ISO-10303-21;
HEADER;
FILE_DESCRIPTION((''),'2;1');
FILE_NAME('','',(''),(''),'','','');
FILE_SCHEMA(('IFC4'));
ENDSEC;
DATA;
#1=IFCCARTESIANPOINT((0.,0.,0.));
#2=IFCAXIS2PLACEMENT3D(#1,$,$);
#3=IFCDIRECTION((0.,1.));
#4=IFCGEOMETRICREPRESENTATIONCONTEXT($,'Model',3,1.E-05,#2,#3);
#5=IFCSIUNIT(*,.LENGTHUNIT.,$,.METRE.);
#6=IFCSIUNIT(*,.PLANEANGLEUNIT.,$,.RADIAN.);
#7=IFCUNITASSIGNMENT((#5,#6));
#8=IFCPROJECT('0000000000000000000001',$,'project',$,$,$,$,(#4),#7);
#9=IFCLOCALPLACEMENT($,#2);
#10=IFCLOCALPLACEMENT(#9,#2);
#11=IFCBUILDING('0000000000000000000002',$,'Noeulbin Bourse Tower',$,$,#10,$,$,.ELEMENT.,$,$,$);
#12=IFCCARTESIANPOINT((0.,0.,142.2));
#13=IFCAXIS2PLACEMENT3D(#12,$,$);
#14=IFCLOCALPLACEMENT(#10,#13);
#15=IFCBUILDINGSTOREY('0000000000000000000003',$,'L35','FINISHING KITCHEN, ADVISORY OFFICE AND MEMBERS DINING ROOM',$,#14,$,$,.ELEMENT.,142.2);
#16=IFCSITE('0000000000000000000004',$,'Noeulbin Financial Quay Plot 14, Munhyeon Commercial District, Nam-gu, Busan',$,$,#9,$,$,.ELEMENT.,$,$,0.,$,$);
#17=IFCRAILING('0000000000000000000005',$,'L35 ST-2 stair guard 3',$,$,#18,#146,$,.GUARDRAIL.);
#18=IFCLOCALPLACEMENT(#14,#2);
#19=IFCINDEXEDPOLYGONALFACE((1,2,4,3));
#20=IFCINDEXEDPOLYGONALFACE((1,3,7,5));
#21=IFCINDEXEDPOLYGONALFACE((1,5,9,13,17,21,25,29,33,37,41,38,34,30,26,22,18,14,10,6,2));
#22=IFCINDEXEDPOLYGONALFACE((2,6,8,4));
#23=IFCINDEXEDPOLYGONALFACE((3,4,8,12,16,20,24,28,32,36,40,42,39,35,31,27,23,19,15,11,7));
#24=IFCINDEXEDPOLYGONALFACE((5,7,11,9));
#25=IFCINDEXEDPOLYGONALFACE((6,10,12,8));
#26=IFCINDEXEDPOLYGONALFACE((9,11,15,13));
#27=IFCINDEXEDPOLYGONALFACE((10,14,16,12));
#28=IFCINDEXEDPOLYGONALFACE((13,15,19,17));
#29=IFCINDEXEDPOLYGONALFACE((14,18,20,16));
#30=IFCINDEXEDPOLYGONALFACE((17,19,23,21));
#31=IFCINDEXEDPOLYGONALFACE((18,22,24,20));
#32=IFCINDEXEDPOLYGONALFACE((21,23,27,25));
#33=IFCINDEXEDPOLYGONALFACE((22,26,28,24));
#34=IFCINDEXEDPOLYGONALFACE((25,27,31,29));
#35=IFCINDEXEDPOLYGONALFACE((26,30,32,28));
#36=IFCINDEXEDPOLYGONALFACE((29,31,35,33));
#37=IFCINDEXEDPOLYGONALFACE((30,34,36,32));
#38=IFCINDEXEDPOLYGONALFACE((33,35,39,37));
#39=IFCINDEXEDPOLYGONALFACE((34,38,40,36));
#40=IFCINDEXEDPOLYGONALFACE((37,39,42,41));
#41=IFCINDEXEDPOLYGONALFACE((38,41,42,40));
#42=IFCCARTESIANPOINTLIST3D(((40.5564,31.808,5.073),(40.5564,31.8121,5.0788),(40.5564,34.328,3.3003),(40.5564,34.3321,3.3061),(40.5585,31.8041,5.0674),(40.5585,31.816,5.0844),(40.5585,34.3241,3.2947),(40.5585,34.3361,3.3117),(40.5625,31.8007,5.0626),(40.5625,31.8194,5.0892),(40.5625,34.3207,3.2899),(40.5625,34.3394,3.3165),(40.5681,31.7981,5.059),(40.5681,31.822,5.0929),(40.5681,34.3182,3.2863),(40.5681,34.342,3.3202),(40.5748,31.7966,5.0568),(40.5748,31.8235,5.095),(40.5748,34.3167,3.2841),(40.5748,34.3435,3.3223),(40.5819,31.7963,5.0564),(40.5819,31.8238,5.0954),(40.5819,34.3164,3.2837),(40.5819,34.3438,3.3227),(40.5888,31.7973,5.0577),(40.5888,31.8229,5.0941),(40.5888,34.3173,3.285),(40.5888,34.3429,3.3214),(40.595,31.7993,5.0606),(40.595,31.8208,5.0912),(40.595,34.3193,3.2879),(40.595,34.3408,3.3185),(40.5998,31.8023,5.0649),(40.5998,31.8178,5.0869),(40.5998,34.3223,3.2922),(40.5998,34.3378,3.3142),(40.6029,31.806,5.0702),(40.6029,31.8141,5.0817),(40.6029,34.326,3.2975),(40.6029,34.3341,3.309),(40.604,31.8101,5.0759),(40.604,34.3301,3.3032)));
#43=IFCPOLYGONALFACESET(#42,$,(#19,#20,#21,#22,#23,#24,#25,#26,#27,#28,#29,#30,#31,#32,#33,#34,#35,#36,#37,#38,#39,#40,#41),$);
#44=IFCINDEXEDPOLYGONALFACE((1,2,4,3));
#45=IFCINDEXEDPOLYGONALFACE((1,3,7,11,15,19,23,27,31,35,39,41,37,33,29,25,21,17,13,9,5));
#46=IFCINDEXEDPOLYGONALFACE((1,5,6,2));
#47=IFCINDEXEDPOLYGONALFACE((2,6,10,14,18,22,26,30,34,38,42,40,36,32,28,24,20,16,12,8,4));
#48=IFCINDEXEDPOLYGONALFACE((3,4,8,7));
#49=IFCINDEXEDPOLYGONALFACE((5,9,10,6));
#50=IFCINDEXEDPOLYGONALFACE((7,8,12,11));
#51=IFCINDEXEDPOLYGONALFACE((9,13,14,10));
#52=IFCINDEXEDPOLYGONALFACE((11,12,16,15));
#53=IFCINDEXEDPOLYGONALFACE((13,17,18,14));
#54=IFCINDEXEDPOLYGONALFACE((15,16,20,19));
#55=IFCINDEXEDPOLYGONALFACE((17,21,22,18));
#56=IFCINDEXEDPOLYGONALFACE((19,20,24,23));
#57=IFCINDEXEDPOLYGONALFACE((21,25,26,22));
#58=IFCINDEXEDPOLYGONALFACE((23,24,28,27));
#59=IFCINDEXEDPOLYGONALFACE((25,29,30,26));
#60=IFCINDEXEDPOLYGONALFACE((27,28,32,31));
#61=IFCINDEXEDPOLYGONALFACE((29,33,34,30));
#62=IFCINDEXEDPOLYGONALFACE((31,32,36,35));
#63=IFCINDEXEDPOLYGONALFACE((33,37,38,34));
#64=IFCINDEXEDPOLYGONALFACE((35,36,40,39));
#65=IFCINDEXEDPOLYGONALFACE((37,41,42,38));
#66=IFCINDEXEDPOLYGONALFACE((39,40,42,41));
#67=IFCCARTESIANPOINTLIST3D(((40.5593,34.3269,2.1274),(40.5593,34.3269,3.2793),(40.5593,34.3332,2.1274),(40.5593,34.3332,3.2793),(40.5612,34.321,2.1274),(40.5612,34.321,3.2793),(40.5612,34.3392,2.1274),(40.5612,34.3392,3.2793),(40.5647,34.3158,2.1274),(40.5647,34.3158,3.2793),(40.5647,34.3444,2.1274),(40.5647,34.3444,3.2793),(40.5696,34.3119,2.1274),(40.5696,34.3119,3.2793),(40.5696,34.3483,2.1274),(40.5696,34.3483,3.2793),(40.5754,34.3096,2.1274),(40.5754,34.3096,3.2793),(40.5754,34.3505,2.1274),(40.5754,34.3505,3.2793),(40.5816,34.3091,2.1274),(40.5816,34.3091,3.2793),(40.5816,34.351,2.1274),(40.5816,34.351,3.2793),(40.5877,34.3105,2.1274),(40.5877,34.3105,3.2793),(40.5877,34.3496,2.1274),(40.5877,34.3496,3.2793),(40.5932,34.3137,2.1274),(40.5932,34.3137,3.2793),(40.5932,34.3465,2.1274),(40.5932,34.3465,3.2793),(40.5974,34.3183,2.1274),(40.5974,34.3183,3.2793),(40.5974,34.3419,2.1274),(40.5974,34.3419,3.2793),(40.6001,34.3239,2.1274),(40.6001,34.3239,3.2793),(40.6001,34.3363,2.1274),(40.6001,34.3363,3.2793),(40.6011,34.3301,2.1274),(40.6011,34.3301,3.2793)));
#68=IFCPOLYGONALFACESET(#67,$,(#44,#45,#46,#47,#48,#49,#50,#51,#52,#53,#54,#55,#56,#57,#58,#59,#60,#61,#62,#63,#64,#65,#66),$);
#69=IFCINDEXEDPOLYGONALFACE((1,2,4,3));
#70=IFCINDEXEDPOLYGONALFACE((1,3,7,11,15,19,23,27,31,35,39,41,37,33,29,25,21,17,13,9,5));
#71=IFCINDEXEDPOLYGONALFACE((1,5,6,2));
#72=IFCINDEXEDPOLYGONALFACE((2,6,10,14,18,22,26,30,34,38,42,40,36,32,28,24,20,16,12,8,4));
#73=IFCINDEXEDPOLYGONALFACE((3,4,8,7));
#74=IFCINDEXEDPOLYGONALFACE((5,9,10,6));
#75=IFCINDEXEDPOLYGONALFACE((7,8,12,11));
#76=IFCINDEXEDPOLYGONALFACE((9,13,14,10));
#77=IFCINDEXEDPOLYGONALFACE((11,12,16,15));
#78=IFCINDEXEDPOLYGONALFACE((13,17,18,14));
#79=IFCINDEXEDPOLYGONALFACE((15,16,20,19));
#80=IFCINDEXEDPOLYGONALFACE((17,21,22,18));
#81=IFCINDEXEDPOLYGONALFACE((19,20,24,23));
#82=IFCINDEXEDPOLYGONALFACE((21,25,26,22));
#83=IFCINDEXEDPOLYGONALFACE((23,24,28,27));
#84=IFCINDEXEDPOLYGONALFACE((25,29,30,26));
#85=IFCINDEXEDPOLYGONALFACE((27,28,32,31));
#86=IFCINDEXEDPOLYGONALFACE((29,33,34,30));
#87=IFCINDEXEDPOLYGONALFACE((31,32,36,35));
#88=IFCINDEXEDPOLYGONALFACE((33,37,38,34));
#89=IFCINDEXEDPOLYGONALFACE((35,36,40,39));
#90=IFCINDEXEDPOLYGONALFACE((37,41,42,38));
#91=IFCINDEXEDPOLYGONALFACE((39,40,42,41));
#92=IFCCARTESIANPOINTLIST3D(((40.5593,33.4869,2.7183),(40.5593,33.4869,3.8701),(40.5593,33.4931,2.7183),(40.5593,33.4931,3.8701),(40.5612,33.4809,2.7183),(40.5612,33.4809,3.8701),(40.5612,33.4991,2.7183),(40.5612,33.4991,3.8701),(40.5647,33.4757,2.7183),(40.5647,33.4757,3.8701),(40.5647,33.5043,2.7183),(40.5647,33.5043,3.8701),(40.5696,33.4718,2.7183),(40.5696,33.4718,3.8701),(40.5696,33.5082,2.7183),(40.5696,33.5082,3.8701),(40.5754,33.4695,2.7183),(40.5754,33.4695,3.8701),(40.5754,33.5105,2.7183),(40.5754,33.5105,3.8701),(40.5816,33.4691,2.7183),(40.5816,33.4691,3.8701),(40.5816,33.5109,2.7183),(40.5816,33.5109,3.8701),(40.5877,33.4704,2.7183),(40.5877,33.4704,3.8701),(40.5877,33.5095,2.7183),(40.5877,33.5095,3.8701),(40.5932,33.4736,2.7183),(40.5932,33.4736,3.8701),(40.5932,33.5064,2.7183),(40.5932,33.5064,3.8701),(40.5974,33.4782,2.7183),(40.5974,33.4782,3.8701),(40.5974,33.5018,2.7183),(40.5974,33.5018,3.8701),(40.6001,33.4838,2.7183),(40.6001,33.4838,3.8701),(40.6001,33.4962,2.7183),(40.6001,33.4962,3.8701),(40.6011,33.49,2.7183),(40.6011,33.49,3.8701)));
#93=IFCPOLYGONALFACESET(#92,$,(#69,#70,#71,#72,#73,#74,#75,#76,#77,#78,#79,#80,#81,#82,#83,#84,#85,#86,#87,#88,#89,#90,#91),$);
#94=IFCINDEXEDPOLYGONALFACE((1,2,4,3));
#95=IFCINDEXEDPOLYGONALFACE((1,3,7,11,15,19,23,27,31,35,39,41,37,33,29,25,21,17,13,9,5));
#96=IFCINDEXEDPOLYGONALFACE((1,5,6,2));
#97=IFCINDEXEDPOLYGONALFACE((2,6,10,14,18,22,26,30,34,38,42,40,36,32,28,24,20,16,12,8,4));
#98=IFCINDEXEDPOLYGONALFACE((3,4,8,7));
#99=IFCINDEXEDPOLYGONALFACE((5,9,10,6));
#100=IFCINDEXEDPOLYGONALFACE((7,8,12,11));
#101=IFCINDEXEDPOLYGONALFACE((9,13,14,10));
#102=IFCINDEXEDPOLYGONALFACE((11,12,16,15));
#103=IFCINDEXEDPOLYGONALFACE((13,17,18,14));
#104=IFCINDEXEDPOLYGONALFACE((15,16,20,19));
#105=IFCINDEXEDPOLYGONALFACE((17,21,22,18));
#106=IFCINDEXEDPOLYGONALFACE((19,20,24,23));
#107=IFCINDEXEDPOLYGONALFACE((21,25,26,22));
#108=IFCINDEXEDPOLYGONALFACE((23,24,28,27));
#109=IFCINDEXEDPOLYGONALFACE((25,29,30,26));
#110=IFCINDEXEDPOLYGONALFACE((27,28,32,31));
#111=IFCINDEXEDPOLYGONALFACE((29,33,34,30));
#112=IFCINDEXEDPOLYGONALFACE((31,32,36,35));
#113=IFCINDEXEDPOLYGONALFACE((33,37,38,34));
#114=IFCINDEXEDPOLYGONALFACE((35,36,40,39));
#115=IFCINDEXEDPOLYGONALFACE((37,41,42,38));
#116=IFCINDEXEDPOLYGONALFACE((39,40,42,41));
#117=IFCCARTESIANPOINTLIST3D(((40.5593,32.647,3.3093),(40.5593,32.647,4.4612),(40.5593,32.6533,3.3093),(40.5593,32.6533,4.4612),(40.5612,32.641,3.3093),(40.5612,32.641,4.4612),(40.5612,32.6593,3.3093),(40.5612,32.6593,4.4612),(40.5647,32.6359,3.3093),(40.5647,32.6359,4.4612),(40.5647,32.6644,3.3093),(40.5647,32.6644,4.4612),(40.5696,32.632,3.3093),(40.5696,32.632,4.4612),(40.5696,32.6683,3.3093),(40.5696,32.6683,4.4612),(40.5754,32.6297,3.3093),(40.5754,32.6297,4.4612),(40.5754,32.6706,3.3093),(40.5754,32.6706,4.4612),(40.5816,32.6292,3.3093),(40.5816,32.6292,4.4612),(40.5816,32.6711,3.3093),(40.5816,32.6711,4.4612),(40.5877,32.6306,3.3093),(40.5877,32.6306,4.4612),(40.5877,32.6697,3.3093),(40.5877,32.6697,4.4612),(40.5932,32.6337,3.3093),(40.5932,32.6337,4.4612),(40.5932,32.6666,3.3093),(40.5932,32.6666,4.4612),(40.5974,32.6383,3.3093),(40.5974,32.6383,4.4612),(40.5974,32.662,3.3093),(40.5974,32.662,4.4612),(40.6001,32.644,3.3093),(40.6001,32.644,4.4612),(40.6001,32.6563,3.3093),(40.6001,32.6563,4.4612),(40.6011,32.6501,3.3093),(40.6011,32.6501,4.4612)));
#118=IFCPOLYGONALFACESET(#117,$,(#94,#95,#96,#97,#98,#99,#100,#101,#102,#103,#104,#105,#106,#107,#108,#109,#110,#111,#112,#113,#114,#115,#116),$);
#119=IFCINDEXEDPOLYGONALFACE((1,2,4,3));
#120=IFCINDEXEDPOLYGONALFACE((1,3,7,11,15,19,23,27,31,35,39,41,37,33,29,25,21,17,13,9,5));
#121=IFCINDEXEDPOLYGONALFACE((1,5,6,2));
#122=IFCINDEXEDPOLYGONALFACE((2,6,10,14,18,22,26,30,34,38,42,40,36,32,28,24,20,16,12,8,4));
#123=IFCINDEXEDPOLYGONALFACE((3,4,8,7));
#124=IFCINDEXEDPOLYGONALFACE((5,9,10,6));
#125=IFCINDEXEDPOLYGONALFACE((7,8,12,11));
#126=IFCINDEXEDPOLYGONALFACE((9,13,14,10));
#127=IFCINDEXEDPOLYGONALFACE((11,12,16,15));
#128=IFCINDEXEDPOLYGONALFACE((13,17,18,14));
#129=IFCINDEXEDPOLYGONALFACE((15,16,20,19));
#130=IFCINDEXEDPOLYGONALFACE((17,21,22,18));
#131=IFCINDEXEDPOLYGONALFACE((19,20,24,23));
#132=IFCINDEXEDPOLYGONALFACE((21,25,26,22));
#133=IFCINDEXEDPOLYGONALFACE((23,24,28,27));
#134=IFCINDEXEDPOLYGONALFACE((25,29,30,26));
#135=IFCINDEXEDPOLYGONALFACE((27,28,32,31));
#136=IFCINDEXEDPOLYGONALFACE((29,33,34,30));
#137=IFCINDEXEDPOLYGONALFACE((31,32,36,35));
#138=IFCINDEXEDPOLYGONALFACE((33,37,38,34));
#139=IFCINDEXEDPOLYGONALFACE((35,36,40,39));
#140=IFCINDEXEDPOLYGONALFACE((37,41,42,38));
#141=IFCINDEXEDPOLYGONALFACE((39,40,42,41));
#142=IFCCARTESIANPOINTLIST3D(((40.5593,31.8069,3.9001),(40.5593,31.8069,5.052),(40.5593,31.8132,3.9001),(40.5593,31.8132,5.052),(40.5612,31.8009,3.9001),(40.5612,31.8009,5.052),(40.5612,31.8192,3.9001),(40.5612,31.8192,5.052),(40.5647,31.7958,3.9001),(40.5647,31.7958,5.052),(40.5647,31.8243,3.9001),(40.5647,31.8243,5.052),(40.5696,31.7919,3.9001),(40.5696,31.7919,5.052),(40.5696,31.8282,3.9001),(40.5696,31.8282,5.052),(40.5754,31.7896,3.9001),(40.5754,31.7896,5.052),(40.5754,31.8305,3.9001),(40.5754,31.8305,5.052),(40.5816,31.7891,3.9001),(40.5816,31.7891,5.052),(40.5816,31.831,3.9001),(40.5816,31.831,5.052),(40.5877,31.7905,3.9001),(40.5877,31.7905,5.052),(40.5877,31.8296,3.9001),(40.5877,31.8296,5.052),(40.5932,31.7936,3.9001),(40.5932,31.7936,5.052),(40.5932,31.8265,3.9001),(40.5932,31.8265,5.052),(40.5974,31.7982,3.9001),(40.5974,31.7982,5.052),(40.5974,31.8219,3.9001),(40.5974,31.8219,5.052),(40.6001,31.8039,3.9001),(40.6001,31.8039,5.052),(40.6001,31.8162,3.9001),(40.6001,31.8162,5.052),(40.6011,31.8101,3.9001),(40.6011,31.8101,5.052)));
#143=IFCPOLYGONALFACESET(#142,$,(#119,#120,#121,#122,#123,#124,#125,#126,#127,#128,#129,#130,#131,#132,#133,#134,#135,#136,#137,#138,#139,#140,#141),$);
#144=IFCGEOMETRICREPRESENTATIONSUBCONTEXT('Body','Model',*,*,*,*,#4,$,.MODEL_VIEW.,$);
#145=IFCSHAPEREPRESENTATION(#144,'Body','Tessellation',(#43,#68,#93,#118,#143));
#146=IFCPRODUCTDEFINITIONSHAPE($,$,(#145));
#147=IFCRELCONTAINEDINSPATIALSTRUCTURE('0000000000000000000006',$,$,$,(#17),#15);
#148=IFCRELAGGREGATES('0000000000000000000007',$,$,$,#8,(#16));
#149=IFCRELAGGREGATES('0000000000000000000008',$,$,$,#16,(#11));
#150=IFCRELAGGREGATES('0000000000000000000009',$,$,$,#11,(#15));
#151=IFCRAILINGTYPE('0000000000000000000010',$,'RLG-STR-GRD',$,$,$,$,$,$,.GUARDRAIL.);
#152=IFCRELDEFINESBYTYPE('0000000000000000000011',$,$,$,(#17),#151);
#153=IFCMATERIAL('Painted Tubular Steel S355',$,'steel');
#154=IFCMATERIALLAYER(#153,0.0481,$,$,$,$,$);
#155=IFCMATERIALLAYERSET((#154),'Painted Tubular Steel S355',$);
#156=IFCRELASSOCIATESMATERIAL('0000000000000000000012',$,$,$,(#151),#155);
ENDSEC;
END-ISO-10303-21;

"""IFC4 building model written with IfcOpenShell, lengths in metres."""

from ifc_helpers import new_model, si_unit, direction, frame, origin, origin_2d, place, context, subcontext, project, spatial, circle, extrude, material, layer, layer_set, type_object, element, save


model = new_model("IFC4")

# Units and contexts
model_context = context("Model", 3, precision=1e-05, world=origin(), true_north=direction((0.0, 1.0)))
body_context = subcontext(model_context, "Body", "Model", "MODEL_VIEW")
ifc_project = project(units=[si_unit("LENGTHUNIT", "METRE"), si_unit("PLANEANGLEUNIT", "RADIAN")], contexts=[model_context])

# Site, building, storey
site_placement = place(None, origin())
site = spatial("IfcSite", under=ifc_project, at=site_placement, Name="Noeulbin Financial Quay Plot 14, Munhyeon Commercial District, Nam-gu, Busan", CompositionType="ELEMENT", RefElevation=0.0)
building_placement = place(site_placement, origin())
building = spatial("IfcBuilding", under=site, at=building_placement, Name="Noeulbin Bourse Tower", CompositionType="ELEMENT")
storey_placement = place(building_placement, frame((0.0, 0.0, 142.2)))
storey = spatial("IfcBuildingStorey", under=building, at=storey_placement, Name="L35", Description="FINISHING KITCHEN, ADVISORY OFFICE AND MEMBERS DINING ROOM", CompositionType="ELEMENT", Elevation=142.2)

# Railing
ifc_material_1 = material(Name="Painted Tubular Steel S355", Category="steel")
ifc_layer_1 = layer(ifc_material_1, 0.0481)
ifc_layer_set_1 = layer_set([ifc_layer_1], Name="Painted Tubular Steel S355")
railing_type_1 = type_object("IfcRailingType", Name="RLG-STR-GRD", PredefinedType="GUARDRAIL", material=ifc_layer_set_1)
railing_1_placement = place(storey_placement, frame((40.5801, 34.3301, 2.1274)))
element("IfcRailing", 1, at=railing_1_placement, inside=storey, type_object=railing_type_1, Name="L35 ST-2 stair guard 3", PredefinedType="GUARDRAIL", context=body_context, shape_type="SweptSolid", body=[
    extrude(circle(Radius=0.0239, at=origin_2d()), frame((0.0, 0.0, 1.1758), z_axis=(0.0, -0.817904, 0.575354), x_axis=(1.0, 0.0, 0.0)), (0.0, 0.0, 1.0), 3.0811),
    extrude(circle(Radius=0.021, at=origin_2d()), origin(), (0.0, 0.0, 1.0), 1.1519),
    extrude(circle(Radius=0.021, at=origin_2d()), frame((0.0, -0.8401, 0.5908)), (0.0, 0.0, 1.0), 1.1519),
    extrude(circle(Radius=0.021, at=origin_2d()), frame((0.0, -1.6799, 1.1819)), (0.0, 0.0, 1.0), 1.1519),
    extrude(circle(Radius=0.021, at=origin_2d()), frame((0.0, -2.52, 1.7727)), (0.0, 0.0, 1.0), 1.1519),
])

save(model, "model.ifc")
